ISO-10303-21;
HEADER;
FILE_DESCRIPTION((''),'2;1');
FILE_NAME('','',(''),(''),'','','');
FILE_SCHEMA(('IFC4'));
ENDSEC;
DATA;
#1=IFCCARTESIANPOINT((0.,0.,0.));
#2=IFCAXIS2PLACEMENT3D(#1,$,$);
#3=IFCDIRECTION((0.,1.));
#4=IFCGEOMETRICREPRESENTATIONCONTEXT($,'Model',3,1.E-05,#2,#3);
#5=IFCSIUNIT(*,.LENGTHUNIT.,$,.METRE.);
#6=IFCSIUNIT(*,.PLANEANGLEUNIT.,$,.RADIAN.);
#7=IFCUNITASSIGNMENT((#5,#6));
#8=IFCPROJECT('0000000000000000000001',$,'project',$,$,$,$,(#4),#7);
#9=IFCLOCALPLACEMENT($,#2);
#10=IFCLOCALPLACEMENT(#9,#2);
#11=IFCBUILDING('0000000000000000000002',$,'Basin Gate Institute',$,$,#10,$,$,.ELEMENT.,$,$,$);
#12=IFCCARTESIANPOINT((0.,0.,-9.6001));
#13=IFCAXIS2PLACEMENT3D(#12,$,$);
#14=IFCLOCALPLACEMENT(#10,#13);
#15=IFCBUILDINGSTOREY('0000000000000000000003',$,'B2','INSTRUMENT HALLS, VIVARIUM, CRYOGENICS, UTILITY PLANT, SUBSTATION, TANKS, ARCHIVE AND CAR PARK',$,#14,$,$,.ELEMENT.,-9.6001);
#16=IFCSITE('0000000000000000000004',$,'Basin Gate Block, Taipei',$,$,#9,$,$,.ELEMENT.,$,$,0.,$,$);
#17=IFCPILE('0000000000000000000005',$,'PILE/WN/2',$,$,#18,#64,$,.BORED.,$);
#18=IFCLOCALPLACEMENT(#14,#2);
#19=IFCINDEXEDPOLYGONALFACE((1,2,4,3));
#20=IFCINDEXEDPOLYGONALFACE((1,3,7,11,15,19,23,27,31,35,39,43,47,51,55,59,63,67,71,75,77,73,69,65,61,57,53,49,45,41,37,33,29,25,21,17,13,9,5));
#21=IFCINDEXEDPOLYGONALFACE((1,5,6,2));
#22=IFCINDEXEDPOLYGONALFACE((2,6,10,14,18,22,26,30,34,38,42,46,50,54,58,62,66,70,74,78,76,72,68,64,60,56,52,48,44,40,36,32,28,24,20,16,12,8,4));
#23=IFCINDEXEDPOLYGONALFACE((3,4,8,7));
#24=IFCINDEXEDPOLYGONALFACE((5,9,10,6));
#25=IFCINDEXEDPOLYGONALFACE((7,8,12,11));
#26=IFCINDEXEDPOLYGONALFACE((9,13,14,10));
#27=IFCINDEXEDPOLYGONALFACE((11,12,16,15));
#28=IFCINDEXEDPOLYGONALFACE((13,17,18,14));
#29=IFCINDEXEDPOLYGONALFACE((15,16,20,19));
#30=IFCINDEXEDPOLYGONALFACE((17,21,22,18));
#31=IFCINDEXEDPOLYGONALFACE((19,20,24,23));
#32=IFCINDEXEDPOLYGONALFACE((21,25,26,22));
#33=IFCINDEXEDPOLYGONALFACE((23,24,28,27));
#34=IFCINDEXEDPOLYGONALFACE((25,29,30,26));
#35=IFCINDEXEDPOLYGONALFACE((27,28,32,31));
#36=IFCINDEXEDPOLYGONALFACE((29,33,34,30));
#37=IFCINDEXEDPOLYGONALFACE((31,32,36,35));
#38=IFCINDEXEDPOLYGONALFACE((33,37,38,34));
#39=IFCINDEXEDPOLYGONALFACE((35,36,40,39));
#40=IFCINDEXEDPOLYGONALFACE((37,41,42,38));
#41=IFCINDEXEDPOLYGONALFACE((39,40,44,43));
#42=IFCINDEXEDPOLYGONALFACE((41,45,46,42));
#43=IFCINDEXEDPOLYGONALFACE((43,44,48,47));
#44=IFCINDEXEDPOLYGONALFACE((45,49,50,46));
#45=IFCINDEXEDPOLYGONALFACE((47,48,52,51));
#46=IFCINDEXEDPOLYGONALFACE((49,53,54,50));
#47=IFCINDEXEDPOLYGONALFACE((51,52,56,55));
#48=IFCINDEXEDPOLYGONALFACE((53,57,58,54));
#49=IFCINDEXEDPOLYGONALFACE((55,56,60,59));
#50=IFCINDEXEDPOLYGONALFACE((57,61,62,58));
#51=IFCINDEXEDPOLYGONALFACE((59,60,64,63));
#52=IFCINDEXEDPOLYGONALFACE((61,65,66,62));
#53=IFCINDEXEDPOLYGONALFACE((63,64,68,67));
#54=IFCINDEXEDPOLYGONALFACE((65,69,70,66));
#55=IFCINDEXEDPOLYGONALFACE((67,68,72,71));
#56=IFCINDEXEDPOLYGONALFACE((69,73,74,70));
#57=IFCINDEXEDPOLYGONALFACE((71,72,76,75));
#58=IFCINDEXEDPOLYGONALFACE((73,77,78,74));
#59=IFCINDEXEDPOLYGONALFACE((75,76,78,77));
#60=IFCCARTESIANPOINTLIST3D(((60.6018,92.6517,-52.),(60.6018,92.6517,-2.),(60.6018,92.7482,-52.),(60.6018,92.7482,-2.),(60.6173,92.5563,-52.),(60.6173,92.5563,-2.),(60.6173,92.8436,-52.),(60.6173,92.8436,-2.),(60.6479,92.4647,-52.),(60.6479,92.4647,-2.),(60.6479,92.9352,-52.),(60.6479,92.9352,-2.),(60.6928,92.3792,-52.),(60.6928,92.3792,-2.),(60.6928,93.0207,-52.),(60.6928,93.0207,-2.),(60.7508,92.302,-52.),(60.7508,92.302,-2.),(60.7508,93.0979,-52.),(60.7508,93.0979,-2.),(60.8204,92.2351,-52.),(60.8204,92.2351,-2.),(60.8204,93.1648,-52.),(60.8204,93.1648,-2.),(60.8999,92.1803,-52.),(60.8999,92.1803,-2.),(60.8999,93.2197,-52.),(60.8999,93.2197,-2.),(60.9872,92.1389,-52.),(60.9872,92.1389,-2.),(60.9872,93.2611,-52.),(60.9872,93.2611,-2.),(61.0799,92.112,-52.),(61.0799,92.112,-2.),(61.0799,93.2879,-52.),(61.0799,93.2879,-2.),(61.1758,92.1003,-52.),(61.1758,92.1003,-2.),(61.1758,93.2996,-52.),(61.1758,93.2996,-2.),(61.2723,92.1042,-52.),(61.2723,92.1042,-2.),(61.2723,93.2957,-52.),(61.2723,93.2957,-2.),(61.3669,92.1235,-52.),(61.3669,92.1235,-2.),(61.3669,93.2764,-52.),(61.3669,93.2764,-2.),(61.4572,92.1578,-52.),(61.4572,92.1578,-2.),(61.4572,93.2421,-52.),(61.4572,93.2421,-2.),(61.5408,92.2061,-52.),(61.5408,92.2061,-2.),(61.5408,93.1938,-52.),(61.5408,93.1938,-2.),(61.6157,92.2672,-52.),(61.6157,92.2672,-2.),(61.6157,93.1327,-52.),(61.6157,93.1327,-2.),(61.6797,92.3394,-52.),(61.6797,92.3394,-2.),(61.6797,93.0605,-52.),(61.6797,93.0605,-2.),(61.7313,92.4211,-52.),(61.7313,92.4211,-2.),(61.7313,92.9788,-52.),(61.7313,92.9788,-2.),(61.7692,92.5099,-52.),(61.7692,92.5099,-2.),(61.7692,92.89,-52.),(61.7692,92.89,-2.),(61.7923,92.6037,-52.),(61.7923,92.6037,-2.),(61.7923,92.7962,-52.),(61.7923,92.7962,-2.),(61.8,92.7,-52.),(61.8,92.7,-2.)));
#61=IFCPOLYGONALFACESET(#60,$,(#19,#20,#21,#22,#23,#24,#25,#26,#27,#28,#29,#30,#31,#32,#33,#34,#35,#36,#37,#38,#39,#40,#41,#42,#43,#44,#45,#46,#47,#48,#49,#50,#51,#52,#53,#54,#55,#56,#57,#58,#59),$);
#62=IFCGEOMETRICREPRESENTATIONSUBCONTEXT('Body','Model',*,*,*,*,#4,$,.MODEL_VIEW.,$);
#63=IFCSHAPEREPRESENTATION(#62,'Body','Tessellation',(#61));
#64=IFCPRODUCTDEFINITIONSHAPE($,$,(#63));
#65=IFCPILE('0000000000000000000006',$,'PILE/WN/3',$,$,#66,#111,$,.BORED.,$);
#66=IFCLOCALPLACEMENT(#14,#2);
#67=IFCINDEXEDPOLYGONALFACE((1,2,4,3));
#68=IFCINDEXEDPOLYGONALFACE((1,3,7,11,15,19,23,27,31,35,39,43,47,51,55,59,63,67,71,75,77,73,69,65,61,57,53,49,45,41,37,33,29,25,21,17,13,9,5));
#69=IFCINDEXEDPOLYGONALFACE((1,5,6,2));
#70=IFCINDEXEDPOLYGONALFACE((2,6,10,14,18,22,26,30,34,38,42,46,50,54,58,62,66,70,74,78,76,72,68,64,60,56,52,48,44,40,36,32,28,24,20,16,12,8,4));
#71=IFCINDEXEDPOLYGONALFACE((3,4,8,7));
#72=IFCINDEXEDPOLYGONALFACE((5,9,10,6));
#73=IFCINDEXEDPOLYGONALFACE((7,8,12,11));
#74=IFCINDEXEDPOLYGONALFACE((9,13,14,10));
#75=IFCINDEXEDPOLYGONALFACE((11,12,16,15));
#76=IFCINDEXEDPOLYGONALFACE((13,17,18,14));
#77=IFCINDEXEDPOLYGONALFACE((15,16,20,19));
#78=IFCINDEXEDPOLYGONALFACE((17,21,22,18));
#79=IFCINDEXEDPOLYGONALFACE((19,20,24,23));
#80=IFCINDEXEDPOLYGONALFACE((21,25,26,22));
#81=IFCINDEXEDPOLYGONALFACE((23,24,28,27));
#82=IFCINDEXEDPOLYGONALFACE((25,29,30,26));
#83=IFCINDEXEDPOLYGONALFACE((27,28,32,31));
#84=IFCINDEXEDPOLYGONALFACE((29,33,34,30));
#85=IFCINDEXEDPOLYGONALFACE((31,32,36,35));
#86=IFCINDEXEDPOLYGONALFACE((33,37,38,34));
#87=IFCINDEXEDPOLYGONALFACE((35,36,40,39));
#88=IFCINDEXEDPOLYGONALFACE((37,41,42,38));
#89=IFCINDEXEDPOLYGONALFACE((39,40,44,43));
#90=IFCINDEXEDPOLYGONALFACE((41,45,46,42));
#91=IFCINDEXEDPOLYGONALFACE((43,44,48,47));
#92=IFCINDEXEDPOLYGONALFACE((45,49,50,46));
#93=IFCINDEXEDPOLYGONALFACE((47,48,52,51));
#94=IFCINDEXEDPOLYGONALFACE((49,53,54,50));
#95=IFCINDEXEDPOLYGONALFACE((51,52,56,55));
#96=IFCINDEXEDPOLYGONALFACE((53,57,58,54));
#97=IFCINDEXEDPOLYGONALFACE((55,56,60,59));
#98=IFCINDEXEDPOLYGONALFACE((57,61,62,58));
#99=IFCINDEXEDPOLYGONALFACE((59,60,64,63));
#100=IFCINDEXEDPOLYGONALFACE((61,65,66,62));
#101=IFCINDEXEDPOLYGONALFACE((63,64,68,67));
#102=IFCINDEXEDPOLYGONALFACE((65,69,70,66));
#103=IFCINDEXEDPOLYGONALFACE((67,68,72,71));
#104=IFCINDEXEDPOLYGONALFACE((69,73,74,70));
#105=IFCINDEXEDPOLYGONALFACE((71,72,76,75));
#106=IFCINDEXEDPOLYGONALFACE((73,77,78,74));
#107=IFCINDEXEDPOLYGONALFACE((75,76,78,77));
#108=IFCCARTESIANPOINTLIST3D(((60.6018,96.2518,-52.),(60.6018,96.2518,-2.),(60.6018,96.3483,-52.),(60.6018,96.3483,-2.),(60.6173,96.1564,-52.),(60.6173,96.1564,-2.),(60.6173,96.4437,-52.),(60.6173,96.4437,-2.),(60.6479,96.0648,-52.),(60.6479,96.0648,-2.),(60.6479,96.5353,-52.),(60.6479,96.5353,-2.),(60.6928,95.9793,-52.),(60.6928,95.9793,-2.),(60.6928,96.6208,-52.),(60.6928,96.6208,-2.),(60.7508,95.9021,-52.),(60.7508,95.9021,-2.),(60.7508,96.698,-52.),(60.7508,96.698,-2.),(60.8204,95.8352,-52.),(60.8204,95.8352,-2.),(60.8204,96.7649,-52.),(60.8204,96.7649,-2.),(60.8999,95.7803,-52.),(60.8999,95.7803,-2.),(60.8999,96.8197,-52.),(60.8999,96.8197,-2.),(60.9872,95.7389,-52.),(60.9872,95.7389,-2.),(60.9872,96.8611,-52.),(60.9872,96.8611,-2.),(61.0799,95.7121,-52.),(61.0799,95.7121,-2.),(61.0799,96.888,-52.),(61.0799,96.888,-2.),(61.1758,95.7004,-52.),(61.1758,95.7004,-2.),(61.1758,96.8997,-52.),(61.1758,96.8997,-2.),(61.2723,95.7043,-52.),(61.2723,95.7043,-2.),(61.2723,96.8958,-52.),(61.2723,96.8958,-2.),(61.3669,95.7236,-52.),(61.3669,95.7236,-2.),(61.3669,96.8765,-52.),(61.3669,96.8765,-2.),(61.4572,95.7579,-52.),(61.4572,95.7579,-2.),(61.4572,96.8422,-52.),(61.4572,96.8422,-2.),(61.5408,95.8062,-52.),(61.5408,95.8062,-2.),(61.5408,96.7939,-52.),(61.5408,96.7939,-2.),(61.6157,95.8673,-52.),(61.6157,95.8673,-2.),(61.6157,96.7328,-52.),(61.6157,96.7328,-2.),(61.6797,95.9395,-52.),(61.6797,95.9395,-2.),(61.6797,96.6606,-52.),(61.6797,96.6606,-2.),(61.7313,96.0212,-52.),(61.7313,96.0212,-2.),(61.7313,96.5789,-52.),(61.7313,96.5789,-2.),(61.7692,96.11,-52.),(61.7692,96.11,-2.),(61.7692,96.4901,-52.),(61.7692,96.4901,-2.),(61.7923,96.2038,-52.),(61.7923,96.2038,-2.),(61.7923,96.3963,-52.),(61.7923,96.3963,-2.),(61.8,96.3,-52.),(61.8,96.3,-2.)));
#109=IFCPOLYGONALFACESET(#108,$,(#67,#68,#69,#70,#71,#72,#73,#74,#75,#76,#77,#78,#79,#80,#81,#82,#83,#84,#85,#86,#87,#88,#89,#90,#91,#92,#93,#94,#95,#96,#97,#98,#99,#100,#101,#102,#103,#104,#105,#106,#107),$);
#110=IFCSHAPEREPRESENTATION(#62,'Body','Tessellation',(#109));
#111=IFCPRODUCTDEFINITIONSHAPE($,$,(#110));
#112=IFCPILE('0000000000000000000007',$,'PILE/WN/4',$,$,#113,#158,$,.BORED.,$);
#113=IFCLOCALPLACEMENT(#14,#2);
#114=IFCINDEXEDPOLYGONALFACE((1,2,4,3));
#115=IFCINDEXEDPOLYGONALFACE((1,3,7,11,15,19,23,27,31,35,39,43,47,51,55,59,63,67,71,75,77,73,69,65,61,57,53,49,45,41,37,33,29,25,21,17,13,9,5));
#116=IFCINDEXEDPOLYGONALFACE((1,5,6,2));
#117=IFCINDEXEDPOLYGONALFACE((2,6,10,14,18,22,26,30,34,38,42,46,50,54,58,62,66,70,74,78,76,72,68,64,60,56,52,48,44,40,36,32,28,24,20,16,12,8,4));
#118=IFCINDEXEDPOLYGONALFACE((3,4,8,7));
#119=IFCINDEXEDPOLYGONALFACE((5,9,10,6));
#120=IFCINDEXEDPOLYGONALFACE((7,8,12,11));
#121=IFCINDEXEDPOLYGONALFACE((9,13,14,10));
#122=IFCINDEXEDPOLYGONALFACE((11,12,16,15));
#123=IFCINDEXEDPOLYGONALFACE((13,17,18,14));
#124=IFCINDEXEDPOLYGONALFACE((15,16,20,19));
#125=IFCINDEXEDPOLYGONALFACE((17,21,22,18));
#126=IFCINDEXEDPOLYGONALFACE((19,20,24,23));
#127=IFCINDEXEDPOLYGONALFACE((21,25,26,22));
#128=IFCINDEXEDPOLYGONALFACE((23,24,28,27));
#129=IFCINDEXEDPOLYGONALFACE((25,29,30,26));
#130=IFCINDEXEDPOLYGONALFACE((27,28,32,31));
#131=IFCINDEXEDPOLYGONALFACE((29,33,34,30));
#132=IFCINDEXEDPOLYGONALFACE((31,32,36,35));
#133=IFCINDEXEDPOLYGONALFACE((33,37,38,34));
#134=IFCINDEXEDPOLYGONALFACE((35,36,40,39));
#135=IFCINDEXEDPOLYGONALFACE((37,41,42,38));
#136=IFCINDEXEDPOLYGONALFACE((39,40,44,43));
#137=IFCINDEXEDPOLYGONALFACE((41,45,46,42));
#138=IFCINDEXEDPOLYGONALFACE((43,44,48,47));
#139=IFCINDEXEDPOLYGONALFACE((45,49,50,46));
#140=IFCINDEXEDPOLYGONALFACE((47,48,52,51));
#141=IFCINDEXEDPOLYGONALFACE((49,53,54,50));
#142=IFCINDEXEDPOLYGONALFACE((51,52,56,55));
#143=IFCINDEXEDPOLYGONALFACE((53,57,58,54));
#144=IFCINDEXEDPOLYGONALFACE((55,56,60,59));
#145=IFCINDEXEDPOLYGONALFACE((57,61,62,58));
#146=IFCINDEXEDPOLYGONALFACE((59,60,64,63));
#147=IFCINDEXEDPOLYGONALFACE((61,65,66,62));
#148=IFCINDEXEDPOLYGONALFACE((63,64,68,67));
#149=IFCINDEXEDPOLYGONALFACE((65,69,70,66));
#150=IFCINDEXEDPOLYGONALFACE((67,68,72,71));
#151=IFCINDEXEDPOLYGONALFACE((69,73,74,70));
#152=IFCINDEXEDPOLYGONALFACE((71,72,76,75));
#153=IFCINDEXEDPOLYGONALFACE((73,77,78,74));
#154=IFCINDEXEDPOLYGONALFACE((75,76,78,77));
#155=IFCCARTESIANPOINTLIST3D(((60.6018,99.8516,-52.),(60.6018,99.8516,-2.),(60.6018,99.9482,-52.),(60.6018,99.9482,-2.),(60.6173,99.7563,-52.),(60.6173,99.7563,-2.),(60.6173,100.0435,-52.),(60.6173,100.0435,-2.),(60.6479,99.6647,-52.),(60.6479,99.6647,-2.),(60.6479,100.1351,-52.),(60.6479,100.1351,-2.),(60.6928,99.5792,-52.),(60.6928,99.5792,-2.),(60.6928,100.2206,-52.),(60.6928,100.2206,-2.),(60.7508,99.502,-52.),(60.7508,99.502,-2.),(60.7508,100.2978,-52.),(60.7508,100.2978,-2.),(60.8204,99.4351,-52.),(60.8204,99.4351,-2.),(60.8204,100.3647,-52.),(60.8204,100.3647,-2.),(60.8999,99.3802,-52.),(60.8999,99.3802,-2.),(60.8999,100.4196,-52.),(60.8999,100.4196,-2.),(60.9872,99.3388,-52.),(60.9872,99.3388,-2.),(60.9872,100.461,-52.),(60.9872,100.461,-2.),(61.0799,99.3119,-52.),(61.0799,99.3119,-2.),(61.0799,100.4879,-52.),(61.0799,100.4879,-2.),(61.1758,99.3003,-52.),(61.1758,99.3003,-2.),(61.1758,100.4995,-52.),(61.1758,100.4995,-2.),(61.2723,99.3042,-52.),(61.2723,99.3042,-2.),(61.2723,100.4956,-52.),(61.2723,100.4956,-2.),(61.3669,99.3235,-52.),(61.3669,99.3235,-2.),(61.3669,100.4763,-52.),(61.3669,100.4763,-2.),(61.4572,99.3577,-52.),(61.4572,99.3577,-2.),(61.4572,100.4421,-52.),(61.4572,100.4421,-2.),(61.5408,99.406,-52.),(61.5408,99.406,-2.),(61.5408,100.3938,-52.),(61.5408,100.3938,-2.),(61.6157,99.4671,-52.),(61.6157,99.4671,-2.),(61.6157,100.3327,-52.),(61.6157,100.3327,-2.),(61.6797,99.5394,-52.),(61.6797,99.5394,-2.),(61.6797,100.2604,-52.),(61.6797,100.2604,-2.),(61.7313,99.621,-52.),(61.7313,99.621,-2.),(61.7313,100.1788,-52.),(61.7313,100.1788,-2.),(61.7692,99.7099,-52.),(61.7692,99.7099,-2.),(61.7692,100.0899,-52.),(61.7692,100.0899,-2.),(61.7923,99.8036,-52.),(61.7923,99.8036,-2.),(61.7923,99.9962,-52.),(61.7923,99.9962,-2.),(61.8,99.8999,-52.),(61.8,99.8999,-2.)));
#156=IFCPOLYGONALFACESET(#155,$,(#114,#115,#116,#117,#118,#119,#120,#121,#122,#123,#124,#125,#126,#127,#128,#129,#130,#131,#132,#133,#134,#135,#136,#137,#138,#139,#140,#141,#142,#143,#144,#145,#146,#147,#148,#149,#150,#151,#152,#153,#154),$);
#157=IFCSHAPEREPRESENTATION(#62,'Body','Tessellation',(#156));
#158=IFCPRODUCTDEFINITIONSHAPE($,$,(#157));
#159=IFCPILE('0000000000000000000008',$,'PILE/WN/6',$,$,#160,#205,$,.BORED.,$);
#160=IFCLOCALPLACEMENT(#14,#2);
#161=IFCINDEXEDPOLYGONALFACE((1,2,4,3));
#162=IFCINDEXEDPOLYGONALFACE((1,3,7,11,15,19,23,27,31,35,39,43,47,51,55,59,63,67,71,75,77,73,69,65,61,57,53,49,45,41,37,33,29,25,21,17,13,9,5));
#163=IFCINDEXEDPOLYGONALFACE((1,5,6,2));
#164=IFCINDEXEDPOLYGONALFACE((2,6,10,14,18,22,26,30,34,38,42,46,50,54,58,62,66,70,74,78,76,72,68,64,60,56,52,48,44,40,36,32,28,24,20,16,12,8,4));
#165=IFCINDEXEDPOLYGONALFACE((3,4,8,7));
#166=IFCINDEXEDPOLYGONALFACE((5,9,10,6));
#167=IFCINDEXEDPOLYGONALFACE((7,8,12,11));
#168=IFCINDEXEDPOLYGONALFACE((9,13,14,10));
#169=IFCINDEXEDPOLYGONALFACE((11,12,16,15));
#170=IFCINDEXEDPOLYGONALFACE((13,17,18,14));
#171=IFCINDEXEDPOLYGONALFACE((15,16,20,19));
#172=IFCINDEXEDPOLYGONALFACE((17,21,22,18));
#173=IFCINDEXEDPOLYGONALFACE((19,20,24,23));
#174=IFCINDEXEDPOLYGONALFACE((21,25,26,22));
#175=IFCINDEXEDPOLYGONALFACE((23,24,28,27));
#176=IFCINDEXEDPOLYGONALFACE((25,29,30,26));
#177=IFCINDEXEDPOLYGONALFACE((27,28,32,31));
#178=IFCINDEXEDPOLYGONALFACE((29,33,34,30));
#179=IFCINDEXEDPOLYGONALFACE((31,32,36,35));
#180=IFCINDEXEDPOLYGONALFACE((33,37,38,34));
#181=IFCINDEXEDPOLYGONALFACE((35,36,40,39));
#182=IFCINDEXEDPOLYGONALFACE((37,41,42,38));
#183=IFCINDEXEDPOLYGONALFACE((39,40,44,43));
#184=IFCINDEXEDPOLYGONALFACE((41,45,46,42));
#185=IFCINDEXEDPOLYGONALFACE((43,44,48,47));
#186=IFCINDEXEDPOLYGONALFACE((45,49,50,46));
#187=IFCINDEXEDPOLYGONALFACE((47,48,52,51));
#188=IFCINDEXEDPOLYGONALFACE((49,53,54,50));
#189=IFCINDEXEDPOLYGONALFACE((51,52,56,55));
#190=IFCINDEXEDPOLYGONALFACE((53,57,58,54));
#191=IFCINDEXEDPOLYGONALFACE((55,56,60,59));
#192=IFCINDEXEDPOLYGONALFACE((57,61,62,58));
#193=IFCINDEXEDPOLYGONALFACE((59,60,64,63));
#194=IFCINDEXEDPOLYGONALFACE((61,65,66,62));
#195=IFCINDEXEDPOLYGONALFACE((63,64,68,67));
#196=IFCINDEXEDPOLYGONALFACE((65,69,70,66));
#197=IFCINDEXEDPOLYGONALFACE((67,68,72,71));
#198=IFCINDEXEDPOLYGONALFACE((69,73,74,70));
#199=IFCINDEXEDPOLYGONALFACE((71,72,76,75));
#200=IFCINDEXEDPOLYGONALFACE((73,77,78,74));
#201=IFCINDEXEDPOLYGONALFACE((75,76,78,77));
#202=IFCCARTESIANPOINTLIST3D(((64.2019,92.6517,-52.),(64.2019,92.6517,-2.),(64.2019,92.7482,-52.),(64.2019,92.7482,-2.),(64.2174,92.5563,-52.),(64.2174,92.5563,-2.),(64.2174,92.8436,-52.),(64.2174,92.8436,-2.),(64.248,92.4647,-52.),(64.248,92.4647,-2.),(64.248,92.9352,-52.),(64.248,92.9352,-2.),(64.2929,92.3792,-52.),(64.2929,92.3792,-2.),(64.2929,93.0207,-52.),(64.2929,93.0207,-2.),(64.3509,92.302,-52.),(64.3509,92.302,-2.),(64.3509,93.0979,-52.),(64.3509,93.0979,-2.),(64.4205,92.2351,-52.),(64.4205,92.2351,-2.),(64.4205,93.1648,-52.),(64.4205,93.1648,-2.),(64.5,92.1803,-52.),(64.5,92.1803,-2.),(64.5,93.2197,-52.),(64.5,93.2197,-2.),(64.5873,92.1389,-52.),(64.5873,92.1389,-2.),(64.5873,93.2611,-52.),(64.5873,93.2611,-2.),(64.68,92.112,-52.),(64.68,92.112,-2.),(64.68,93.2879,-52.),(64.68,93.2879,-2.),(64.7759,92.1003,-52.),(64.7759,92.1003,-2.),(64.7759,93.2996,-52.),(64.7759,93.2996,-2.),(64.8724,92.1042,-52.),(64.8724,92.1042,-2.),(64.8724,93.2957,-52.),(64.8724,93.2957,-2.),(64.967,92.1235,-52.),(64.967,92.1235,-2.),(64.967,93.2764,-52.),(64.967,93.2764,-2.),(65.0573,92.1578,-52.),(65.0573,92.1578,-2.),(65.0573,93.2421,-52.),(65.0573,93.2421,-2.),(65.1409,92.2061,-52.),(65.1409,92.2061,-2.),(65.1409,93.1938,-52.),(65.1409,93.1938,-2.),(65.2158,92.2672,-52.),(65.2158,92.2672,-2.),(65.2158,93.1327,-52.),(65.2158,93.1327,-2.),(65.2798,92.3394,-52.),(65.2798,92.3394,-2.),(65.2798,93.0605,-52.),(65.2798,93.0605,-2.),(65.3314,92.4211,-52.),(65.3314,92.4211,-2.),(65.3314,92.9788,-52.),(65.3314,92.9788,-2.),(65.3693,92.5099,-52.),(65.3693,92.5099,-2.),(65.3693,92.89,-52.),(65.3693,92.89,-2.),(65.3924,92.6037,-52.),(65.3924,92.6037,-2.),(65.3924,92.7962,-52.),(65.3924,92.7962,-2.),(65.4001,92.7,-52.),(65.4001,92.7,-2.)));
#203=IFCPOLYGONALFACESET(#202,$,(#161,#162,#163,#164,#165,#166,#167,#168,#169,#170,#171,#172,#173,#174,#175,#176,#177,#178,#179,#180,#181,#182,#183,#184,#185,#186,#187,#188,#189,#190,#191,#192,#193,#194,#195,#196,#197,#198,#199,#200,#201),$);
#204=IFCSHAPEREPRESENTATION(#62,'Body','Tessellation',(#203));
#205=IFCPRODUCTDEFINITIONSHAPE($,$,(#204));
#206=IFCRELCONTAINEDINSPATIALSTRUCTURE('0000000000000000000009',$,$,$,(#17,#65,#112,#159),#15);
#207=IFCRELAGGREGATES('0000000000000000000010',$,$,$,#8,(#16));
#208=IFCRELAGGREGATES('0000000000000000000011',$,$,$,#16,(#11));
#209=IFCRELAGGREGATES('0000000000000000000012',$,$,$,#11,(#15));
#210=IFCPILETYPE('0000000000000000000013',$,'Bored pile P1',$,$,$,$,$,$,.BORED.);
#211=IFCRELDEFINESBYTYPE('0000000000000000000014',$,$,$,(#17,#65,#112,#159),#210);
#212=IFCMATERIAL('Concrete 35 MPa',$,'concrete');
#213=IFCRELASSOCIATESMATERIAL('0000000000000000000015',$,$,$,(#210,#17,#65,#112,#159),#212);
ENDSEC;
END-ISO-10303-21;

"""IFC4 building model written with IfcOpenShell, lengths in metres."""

from ifc_helpers import new_model, si_unit, direction, frame, origin, origin_2d, place, context, subcontext, project, spatial, circle, extrude, material, material_profile, profile_set, type_object, element, save


model = new_model("IFC4")

# Units and contexts
model_context = context("Model", 3, precision=1e-05, world=origin(), true_north=direction((0.0, 1.0)))
body_context = subcontext(model_context, "Body", "Model", "MODEL_VIEW")
ifc_project = project(units=[si_unit("LENGTHUNIT", "METRE"), si_unit("PLANEANGLEUNIT", "RADIAN")], contexts=[model_context])

# Site, building, storey
site_placement = place(None, origin())
site = spatial("IfcSite", under=ifc_project, at=site_placement, Name="Basin Gate Block, Taipei", CompositionType="ELEMENT", RefElevation=0.0)
building_placement = place(site_placement, origin())
building = spatial("IfcBuilding", under=site, at=building_placement, Name="Basin Gate Institute", CompositionType="ELEMENT")
storey_placement = place(building_placement, frame((0.0, 0.0, -9.6001)))
storey = spatial("IfcBuildingStorey", under=building, at=storey_placement, Name="B2", Description="INSTRUMENT HALLS, VIVARIUM, CRYOGENICS, UTILITY PLANT, SUBSTATION, TANKS, ARCHIVE AND CAR PARK", CompositionType="ELEMENT", Elevation=-9.6001)

# Piles
ifc_material_1 = material(Name="Concrete 35 MPa", Category="concrete")
ifc_material_profile_1 = material_profile(ifc_material_1, circle(Radius=0.6001, at=origin_2d()), Name="Bored pile P1 1200 dia")
ifc_profile_set_1 = profile_set([ifc_material_profile_1], Name="Concrete 35 MPa")
pile_type = type_object("IfcPileType", Name="Bored pile P1", PredefinedType="BORED", material=ifc_profile_set_1)
for number, where, z_axis, x_axis, name in (
    (1, (61.2, 92.7, -2.0), (0.0, 0.0, -1.0), (1.0, 0.0, 0.0), "PILE/WN/2"),
    (2, (61.2, 96.3, -2.0), (0.0, 0.0, -1.0), (1.0, 0.0, 0.0), "PILE/WN/3"),
    (3, (61.2, 99.8999, -2.0), (0.0, 0.0, -1.0), (1.0, 0.0, 0.0), "PILE/WN/4"),
    (4, (64.8, 92.7, -2.0), (0.0, 0.0, -1.0), (1.0, 0.0, 0.0), "PILE/WN/6"),
):
    element("IfcPile", number, at=place(storey_placement, frame(where, z_axis=z_axis, x_axis=x_axis)), inside=storey, type_object=pile_type, material=ifc_profile_set_1, Name=name, PredefinedType="BORED", context=body_context, shape_type="SweptSolid", body=[
        extrude(circle(Radius=0.6001, at=origin_2d()), origin(), (0.0, 0.0, 1.0), 50.0),
    ])

save(model, "model.ifc")
